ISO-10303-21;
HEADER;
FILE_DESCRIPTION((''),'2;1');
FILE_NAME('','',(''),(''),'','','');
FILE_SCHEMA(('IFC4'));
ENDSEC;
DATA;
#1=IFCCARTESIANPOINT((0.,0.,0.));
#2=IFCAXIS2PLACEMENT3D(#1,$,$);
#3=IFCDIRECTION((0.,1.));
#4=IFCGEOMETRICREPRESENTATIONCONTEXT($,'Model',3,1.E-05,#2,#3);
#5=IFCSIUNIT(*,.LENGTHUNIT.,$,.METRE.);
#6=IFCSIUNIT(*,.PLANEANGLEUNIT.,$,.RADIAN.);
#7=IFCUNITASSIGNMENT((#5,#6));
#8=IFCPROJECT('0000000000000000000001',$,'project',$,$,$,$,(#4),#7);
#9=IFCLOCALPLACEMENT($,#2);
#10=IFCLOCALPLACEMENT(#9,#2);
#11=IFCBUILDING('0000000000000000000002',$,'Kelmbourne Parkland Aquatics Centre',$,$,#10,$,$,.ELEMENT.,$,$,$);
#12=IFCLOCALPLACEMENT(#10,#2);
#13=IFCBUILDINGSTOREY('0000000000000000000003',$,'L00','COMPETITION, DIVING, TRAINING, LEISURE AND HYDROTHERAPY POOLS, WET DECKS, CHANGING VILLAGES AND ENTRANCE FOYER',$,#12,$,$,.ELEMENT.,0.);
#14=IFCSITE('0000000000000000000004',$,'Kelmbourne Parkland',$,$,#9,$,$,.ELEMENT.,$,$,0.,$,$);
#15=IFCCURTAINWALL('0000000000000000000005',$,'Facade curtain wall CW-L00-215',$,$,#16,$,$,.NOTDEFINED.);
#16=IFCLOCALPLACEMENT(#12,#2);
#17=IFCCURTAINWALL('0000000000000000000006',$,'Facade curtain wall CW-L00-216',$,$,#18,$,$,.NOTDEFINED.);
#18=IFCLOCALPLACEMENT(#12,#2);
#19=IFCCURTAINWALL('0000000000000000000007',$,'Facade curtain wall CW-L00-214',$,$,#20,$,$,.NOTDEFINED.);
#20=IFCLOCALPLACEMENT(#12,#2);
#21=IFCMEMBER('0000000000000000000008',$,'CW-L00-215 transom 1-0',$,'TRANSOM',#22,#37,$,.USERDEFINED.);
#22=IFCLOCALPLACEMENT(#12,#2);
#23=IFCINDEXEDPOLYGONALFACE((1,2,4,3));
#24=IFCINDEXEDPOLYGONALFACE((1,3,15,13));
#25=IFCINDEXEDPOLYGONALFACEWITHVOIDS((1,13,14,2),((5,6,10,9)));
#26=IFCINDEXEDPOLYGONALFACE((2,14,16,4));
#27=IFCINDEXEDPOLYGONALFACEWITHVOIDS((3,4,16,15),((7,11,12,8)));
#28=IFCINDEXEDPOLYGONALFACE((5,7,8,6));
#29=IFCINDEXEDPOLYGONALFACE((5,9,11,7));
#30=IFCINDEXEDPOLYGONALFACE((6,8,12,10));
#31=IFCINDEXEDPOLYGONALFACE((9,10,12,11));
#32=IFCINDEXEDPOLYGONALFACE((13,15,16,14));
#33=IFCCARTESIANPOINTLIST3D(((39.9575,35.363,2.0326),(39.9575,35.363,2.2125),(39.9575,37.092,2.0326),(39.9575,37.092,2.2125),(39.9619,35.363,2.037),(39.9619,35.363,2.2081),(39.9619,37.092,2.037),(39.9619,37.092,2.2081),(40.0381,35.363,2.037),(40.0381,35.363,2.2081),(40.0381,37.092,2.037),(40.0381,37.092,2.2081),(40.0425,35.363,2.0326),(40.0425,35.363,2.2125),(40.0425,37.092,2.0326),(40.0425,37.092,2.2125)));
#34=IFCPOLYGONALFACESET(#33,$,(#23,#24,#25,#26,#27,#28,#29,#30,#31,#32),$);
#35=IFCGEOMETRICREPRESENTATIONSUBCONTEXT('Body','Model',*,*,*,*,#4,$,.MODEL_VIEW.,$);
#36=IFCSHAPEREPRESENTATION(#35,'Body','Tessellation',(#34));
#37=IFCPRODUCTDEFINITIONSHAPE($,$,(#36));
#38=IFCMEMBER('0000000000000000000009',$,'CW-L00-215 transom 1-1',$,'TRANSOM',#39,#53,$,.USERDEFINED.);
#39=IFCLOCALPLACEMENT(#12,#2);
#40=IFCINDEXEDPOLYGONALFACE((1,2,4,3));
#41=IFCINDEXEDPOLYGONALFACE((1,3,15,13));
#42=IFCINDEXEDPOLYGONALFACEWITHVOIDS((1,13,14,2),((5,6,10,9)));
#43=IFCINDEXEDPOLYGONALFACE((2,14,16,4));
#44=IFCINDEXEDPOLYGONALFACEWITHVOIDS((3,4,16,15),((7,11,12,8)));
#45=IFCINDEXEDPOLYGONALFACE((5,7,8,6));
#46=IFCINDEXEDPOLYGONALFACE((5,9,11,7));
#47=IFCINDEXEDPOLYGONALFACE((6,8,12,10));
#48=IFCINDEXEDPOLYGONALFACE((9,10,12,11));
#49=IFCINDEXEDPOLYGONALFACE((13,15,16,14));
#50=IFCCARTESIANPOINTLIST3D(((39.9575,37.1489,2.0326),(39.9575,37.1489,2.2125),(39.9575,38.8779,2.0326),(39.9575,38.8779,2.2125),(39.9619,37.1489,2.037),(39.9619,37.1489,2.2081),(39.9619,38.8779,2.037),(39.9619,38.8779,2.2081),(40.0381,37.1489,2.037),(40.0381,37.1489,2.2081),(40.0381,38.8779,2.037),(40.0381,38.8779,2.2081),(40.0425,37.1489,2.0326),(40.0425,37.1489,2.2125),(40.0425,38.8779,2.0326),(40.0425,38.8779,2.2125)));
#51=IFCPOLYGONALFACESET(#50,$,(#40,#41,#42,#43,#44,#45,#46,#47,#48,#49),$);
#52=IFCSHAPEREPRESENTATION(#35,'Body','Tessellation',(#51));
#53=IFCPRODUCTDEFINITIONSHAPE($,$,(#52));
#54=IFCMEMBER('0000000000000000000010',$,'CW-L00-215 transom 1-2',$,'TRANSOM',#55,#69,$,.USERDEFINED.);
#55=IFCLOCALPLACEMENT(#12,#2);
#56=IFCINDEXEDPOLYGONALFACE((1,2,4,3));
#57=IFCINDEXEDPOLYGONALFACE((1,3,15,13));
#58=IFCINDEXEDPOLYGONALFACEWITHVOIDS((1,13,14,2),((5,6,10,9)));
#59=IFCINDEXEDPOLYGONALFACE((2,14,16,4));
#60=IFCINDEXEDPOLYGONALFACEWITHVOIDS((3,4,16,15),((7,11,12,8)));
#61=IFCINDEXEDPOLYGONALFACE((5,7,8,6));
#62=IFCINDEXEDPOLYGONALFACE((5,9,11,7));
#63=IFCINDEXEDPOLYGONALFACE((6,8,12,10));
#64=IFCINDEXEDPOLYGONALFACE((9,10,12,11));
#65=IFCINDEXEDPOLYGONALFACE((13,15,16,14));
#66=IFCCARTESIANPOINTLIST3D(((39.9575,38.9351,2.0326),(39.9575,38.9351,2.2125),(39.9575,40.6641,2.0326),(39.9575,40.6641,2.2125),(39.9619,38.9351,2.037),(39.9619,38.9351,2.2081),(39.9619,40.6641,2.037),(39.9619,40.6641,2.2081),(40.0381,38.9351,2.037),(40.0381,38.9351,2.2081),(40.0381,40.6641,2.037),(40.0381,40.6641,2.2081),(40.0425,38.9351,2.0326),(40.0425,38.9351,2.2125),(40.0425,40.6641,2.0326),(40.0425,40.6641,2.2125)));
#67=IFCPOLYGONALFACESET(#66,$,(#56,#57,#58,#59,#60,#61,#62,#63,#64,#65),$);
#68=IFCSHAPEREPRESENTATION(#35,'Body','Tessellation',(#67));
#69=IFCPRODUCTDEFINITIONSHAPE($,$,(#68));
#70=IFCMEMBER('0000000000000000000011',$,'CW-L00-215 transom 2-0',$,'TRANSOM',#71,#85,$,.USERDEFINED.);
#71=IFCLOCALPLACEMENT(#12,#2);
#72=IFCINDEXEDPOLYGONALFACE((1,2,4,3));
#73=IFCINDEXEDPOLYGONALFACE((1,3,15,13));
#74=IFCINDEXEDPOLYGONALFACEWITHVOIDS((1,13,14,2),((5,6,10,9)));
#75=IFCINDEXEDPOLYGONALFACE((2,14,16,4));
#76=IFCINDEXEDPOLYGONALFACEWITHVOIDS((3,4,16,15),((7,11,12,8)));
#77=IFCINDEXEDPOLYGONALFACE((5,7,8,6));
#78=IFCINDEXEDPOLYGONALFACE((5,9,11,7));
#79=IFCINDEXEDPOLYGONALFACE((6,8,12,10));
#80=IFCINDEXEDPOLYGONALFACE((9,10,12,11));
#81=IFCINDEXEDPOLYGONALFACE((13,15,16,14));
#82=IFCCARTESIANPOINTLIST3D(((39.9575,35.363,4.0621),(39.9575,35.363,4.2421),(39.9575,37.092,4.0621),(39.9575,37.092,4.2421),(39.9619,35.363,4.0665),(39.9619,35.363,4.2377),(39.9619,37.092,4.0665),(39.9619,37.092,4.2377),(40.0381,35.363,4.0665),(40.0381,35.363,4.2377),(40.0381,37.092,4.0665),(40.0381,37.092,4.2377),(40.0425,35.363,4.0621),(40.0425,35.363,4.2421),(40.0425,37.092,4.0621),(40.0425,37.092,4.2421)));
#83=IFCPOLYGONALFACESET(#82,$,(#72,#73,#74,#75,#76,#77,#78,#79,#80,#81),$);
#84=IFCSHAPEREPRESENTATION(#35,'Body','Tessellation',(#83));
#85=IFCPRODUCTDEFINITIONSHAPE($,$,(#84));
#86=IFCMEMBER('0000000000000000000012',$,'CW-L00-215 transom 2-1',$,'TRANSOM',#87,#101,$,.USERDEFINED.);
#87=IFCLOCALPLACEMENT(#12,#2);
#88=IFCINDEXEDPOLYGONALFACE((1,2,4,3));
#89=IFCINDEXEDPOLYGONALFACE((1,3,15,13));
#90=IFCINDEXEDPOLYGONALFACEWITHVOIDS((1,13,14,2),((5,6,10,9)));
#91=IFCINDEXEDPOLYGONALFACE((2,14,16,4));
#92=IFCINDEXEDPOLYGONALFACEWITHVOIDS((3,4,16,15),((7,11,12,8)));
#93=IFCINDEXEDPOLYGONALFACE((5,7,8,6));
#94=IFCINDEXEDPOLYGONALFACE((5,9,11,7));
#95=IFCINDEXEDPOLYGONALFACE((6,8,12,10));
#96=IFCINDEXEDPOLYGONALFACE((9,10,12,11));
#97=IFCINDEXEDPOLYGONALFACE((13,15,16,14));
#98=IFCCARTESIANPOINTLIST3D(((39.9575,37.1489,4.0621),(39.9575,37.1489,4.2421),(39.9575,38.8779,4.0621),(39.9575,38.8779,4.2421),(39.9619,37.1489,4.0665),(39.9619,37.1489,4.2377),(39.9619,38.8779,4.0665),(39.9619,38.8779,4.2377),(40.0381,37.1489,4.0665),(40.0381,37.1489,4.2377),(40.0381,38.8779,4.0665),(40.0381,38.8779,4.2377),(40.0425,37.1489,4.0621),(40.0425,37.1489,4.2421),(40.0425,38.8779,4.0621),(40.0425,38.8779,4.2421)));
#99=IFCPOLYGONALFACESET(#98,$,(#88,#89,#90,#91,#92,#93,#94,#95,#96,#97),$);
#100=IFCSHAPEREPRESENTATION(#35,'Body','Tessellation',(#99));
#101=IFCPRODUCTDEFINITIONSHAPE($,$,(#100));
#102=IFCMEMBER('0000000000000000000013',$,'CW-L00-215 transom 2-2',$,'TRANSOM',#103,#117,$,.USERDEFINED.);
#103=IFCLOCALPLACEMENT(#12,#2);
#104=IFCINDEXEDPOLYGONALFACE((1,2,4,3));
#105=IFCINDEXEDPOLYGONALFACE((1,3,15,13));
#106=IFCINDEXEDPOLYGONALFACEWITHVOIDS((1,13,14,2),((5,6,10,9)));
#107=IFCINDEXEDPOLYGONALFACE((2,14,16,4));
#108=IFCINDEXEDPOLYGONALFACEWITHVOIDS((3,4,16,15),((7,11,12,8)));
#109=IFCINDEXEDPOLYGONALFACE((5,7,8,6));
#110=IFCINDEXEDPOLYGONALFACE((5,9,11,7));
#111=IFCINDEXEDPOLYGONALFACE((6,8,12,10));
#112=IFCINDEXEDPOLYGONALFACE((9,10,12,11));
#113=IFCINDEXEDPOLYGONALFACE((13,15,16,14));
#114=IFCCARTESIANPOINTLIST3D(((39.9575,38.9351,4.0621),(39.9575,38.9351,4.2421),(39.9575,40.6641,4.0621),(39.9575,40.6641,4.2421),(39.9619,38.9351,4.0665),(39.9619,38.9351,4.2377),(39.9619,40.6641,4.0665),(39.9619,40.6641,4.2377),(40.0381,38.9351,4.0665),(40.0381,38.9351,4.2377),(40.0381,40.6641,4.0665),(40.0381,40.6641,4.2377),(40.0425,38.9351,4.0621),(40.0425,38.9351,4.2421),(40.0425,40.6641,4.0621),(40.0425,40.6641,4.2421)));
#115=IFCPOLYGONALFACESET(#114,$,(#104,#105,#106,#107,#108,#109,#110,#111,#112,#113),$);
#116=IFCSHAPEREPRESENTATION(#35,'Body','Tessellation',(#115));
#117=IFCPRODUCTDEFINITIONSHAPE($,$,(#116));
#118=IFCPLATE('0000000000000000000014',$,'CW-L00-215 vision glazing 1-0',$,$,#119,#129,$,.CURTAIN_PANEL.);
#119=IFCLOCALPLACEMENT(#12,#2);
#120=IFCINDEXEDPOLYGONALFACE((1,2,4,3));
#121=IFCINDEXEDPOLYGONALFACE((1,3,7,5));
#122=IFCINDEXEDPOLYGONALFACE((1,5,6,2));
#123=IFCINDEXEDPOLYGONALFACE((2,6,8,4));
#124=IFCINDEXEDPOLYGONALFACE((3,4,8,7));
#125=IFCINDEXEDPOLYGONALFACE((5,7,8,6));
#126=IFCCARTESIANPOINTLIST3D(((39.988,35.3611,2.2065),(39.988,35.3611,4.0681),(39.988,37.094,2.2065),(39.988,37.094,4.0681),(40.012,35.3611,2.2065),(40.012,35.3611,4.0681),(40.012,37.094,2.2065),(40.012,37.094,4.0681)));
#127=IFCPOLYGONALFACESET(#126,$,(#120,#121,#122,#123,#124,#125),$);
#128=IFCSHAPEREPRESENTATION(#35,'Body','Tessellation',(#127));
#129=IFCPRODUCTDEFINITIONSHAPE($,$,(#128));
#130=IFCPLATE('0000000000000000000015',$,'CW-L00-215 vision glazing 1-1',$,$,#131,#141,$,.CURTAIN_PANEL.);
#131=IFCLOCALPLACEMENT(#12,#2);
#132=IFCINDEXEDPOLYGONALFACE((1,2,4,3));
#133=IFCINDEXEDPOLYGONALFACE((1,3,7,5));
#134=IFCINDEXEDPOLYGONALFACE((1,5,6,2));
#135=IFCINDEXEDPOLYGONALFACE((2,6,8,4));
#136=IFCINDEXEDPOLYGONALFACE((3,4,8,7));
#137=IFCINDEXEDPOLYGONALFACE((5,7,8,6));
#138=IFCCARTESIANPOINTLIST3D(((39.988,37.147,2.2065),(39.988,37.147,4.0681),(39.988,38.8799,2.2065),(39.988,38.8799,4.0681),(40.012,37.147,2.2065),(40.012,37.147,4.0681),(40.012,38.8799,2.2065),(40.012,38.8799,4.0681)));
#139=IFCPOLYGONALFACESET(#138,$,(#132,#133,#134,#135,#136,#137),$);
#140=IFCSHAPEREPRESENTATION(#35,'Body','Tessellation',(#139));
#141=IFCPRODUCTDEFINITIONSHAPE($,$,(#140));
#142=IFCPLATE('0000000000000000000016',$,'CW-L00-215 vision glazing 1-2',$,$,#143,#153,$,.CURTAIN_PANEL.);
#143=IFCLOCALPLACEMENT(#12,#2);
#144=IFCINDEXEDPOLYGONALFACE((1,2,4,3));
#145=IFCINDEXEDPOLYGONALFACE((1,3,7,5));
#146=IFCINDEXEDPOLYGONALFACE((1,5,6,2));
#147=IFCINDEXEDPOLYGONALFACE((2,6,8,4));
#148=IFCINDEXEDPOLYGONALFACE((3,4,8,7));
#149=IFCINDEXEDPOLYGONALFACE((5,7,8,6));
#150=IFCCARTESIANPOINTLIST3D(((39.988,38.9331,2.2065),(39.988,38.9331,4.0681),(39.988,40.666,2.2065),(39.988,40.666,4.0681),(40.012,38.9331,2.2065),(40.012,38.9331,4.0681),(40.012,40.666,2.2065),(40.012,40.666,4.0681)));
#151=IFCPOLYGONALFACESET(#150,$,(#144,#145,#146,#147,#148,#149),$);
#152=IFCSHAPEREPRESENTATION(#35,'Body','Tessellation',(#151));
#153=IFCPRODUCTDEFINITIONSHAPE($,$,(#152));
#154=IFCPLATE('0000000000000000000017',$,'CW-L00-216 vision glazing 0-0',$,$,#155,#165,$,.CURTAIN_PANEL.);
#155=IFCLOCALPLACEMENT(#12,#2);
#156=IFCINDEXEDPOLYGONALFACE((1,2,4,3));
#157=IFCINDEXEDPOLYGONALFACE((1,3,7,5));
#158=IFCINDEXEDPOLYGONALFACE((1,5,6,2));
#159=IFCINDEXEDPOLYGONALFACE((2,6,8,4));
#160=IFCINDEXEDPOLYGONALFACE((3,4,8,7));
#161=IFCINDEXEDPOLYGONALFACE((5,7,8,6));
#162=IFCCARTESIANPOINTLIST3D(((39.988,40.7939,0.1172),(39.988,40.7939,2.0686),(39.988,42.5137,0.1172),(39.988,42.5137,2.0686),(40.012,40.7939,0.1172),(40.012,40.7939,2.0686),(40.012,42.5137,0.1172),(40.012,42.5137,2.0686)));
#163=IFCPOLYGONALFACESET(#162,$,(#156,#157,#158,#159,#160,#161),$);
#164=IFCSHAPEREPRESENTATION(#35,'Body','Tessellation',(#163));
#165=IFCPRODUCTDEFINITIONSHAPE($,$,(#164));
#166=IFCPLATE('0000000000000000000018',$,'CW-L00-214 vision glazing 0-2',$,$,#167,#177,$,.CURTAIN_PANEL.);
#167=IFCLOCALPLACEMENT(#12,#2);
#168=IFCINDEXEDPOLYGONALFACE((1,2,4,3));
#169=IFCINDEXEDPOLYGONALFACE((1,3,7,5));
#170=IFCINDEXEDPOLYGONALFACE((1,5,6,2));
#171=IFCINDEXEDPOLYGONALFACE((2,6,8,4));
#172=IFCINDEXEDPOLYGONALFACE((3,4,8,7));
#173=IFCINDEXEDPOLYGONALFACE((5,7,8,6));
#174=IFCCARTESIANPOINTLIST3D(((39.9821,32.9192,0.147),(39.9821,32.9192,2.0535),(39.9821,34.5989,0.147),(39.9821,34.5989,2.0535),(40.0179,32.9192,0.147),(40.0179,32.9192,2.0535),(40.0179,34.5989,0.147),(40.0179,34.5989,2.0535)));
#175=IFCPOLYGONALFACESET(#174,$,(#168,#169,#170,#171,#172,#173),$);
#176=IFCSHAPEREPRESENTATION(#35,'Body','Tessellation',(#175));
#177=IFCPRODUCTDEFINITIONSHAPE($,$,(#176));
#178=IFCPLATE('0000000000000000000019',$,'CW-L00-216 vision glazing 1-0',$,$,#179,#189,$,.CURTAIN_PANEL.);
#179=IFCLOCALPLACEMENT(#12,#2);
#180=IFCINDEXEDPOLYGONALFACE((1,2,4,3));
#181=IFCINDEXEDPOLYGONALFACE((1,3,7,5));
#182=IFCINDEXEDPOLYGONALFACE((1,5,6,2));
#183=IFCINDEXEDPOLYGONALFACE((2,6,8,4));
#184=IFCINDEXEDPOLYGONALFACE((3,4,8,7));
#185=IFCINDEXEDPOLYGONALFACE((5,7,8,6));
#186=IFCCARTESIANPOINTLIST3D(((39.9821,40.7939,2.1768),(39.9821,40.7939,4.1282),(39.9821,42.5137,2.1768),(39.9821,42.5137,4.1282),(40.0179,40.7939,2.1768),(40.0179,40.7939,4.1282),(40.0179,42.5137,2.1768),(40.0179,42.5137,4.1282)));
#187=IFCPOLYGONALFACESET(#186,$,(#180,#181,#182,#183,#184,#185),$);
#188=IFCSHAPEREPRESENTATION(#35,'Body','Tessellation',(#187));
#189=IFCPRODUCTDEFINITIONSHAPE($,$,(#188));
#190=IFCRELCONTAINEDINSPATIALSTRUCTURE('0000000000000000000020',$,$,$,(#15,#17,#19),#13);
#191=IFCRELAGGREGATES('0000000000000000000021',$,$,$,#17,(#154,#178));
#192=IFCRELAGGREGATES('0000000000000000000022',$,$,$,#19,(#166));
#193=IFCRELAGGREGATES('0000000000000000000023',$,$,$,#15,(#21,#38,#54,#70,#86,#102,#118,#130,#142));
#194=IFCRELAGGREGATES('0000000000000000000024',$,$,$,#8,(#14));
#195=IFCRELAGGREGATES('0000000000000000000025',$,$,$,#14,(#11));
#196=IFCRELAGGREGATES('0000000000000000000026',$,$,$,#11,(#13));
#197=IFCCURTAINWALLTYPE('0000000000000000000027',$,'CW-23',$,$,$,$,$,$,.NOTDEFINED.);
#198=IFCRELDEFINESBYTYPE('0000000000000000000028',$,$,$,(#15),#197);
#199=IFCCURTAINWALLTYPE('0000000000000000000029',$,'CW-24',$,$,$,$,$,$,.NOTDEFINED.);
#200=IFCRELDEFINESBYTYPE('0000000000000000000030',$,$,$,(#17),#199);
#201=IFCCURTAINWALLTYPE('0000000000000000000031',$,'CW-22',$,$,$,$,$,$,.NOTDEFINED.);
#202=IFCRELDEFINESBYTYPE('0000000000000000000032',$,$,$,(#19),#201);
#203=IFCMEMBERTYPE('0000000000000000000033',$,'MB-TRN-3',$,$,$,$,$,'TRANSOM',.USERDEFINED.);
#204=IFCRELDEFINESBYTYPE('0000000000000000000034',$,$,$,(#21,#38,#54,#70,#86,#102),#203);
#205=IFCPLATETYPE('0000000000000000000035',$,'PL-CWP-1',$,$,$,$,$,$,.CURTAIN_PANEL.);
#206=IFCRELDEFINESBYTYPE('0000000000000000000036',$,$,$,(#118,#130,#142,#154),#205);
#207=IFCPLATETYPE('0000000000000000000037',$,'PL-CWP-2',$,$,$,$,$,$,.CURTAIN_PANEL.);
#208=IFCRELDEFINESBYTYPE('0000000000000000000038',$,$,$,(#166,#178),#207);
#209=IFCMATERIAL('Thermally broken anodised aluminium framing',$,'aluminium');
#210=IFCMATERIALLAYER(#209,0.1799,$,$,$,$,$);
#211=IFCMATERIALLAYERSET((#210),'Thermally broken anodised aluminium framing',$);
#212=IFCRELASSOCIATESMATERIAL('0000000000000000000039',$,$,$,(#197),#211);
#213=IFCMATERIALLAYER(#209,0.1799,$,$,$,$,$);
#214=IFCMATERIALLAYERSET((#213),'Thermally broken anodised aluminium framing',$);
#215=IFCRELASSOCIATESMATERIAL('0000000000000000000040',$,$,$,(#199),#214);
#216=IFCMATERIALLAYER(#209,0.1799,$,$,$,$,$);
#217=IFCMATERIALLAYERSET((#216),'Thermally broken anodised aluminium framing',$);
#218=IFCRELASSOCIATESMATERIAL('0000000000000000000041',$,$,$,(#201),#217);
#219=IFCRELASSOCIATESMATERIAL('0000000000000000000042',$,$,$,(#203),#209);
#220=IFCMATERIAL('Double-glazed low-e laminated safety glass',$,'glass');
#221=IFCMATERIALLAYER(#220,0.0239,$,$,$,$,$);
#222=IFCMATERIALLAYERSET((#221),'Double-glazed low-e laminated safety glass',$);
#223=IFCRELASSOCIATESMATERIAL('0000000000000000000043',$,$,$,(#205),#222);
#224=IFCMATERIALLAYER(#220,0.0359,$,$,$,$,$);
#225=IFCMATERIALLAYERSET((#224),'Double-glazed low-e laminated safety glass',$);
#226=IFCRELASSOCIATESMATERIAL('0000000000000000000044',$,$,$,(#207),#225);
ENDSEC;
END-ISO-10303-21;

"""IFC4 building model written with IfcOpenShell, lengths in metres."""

from ifc_helpers import new_model, si_unit, direction, frame, origin, origin_2d, place, context, subcontext, project, spatial, rectangle, hollow_rectangle, extrude, material, layer, layer_set, material_profile, profile_set, type_object, element, aggregate, save


model = new_model("IFC4")

# Units and contexts
model_context = context("Model", 3, precision=1e-05, world=origin(), true_north=direction((0.0, 1.0)))
body_context = subcontext(model_context, "Body", "Model", "MODEL_VIEW")
ifc_project = project(units=[si_unit("LENGTHUNIT", "METRE"), si_unit("PLANEANGLEUNIT", "RADIAN")], contexts=[model_context])

# Site, building, storey
site_placement = place(None, origin())
site = spatial("IfcSite", under=ifc_project, at=site_placement, Name="Kelmbourne Parkland", CompositionType="ELEMENT", RefElevation=0.0)
building_placement = place(site_placement, origin())
building = spatial("IfcBuilding", under=site, at=building_placement, Name="Kelmbourne Parkland Aquatics Centre", CompositionType="ELEMENT")
storey_placement = place(building_placement, origin())
storey = spatial("IfcBuildingStorey", under=building, at=storey_placement, Name="L00", Description="COMPETITION, DIVING, TRAINING, LEISURE AND HYDROTHERAPY POOLS, WET DECKS, CHANGING VILLAGES AND ENTRANCE FOYER", CompositionType="ELEMENT", Elevation=0.0)

# Curtain walls
ifc_material_1 = material(Name="Thermally broken anodised aluminium framing", Category="aluminium")
ifc_layer_1 = layer(ifc_material_1, 0.1799)
ifc_layer_set_1 = layer_set([ifc_layer_1], Name="Thermally broken anodised aluminium framing")
curtain_wall_type_1 = type_object("IfcCurtainWallType", Name="CW-23", PredefinedType="NOTDEFINED", material=ifc_layer_set_1)
curtain_wall_1_placement = place(storey_placement, origin())
curtain_wall_1 = element("IfcCurtainWall", 1, at=curtain_wall_1_placement, inside=storey, type_object=curtain_wall_type_1, Name="Facade curtain wall CW-L00-215", PredefinedType="NOTDEFINED")
ifc_layer_2 = layer(ifc_material_1, 0.1799)
ifc_layer_set_2 = layer_set([ifc_layer_2], Name="Thermally broken anodised aluminium framing")
curtain_wall_type_2 = type_object("IfcCurtainWallType", Name="CW-24", PredefinedType="NOTDEFINED", material=ifc_layer_set_2)
curtain_wall_2_placement = place(storey_placement, origin())
curtain_wall_2 = element("IfcCurtainWall", 2, at=curtain_wall_2_placement, inside=storey, type_object=curtain_wall_type_2, Name="Facade curtain wall CW-L00-216", PredefinedType="NOTDEFINED")

# Curtain wall
ifc_layer_3 = layer(ifc_material_1, 0.1799)
ifc_layer_set_3 = layer_set([ifc_layer_3], Name="Thermally broken anodised aluminium framing")
curtain_wall_type_3 = type_object("IfcCurtainWallType", Name="CW-22", PredefinedType="NOTDEFINED", material=ifc_layer_set_3)
curtain_wall_3_placement = place(storey_placement, origin())
curtain_wall_3 = element("IfcCurtainWall", 3, at=curtain_wall_3_placement, inside=storey, type_object=curtain_wall_type_3, Name="Facade curtain wall CW-L00-214", PredefinedType="NOTDEFINED")

# Members
ifc_material_profile_1 = material_profile(ifc_material_1, hollow_rectangle(XDim=0.085, YDim=0.1799, WallThickness=0.0044, at=origin_2d()), Name="CW-T 85x180")
ifc_profile_set_1 = profile_set([ifc_material_profile_1], Name="Thermally broken anodised aluminium framing")
member_type_1 = type_object("IfcMemberType", Name="MB-TRN-3", ElementType="TRANSOM", PredefinedType="USERDEFINED", material=ifc_profile_set_1)
member_1_placement = place(storey_placement, frame((40.0, 35.363, 2.1226), z_axis=(0.0, 1.0, 0.0), x_axis=(-1.0, 0.0, 0.0)))
member_1 = element("IfcMember", 4, at=member_1_placement, type_object=member_type_1, Name="CW-L00-215 transom 1-0", ObjectType="TRANSOM", PredefinedType="USERDEFINED", context=body_context, shape_type="SweptSolid", body=[
    extrude(hollow_rectangle(XDim=0.085, YDim=0.1799, WallThickness=0.0044, at=origin_2d()), origin(), (0.0, 0.0, 1.0), 1.729),
])
member_2_placement = place(storey_placement, frame((40.0, 37.1489, 2.1226), z_axis=(0.0, 1.0, 0.0), x_axis=(-1.0, 0.0, 0.0)))
member_2 = element("IfcMember", 5, at=member_2_placement, type_object=member_type_1, Name="CW-L00-215 transom 1-1", ObjectType="TRANSOM", PredefinedType="USERDEFINED", context=body_context, shape_type="SweptSolid", body=[
    extrude(hollow_rectangle(XDim=0.085, YDim=0.1799, WallThickness=0.0044, at=origin_2d()), origin(), (0.0, 0.0, 1.0), 1.729),
])
member_3_placement = place(storey_placement, frame((40.0, 38.9351, 2.1226), z_axis=(0.0, 1.0, 0.0), x_axis=(-1.0, 0.0, 0.0)))
member_3 = element("IfcMember", 6, at=member_3_placement, type_object=member_type_1, Name="CW-L00-215 transom 1-2", ObjectType="TRANSOM", PredefinedType="USERDEFINED", context=body_context, shape_type="SweptSolid", body=[
    extrude(hollow_rectangle(XDim=0.085, YDim=0.1799, WallThickness=0.0044, at=origin_2d()), origin(), (0.0, 0.0, 1.0), 1.729),
])
member_4_placement = place(storey_placement, frame((40.0, 35.363, 4.1521), z_axis=(0.0, 1.0, 0.0), x_axis=(-1.0, 0.0, 0.0)))
member_4 = element("IfcMember", 7, at=member_4_placement, type_object=member_type_1, Name="CW-L00-215 transom 2-0", ObjectType="TRANSOM", PredefinedType="USERDEFINED", context=body_context, shape_type="SweptSolid", body=[
    extrude(hollow_rectangle(XDim=0.085, YDim=0.1799, WallThickness=0.0044, at=origin_2d()), origin(), (0.0, 0.0, 1.0), 1.729),
])
member_5_placement = place(storey_placement, frame((40.0, 37.1489, 4.1521), z_axis=(0.0, 1.0, 0.0), x_axis=(-1.0, 0.0, 0.0)))
member_5 = element("IfcMember", 8, at=member_5_placement, type_object=member_type_1, Name="CW-L00-215 transom 2-1", ObjectType="TRANSOM", PredefinedType="USERDEFINED", context=body_context, shape_type="SweptSolid", body=[
    extrude(hollow_rectangle(XDim=0.085, YDim=0.1799, WallThickness=0.0044, at=origin_2d()), origin(), (0.0, 0.0, 1.0), 1.729),
])
member_6_placement = place(storey_placement, frame((40.0, 38.9351, 4.1521), z_axis=(0.0, 1.0, 0.0), x_axis=(-1.0, 0.0, 0.0)))
member_6 = element("IfcMember", 9, at=member_6_placement, type_object=member_type_1, Name="CW-L00-215 transom 2-2", ObjectType="TRANSOM", PredefinedType="USERDEFINED", context=body_context, shape_type="SweptSolid", body=[
    extrude(hollow_rectangle(XDim=0.085, YDim=0.1799, WallThickness=0.0044, at=origin_2d()), origin(), (0.0, 0.0, 1.0), 1.729),
])

# Plates
ifc_material_2 = material(Name="Double-glazed low-e laminated safety glass", Category="glass")
ifc_layer_4 = layer(ifc_material_2, 0.0239)
ifc_layer_set_4 = layer_set([ifc_layer_4], Name="Double-glazed low-e laminated safety glass")
plate_type_1 = type_object("IfcPlateType", Name="PL-CWP-1", PredefinedType="CURTAIN_PANEL", material=ifc_layer_set_4)
plate_1_placement = place(storey_placement, frame((40.0, 36.2275, 2.2065), z_axis=(0.0, 0.0, 1.0), x_axis=(0.0, 1.0, 0.0)))
plate_1 = element("IfcPlate", 10, at=plate_1_placement, type_object=plate_type_1, Name="CW-L00-215 vision glazing 1-0", PredefinedType="CURTAIN_PANEL", context=body_context, shape_type="SweptSolid", body=[
    extrude(rectangle(XDim=1.7329, YDim=0.0239, at=origin_2d()), origin(), (0.0, 0.0, 1.0), 1.8616),
])
plate_2_placement = place(storey_placement, frame((40.0, 38.0134, 2.2065), z_axis=(0.0, 0.0, 1.0), x_axis=(0.0, 1.0, 0.0)))
plate_2 = element("IfcPlate", 11, at=plate_2_placement, type_object=plate_type_1, Name="CW-L00-215 vision glazing 1-1", PredefinedType="CURTAIN_PANEL", context=body_context, shape_type="SweptSolid", body=[
    extrude(rectangle(XDim=1.7329, YDim=0.0239, at=origin_2d()), origin(), (0.0, 0.0, 1.0), 1.8616),
])
plate_3_placement = place(storey_placement, frame((40.0, 39.7996, 2.2065), z_axis=(0.0, 0.0, 1.0), x_axis=(0.0, 1.0, 0.0)))
plate_3 = element("IfcPlate", 12, at=plate_3_placement, type_object=plate_type_1, Name="CW-L00-215 vision glazing 1-2", PredefinedType="CURTAIN_PANEL", context=body_context, shape_type="SweptSolid", body=[
    extrude(rectangle(XDim=1.7329, YDim=0.0239, at=origin_2d()), origin(), (0.0, 0.0, 1.0), 1.8616),
])
plate_4_placement = place(storey_placement, frame((40.0, 41.6538, 0.1172), z_axis=(0.0, 0.0, 1.0), x_axis=(0.0, 1.0, 0.0)))
plate_4 = element("IfcPlate", 13, at=plate_4_placement, type_object=plate_type_1, Name="CW-L00-216 vision glazing 0-0", PredefinedType="CURTAIN_PANEL", context=body_context, shape_type="SweptSolid", body=[
    extrude(rectangle(XDim=1.7197, YDim=0.0239, at=origin_2d()), origin(), (0.0, 0.0, 1.0), 1.9514),
])
ifc_layer_5 = layer(ifc_material_2, 0.0359)
ifc_layer_set_5 = layer_set([ifc_layer_5], Name="Double-glazed low-e laminated safety glass")
plate_type_2 = type_object("IfcPlateType", Name="PL-CWP-2", PredefinedType="CURTAIN_PANEL", material=ifc_layer_set_5)
plate_5_placement = place(storey_placement, frame((40.0, 33.759, 0.147), z_axis=(0.0, 0.0, 1.0), x_axis=(0.0, 1.0, 0.0)))
plate_5 = element("IfcPlate", 14, at=plate_5_placement, type_object=plate_type_2, Name="CW-L00-214 vision glazing 0-2", PredefinedType="CURTAIN_PANEL", context=body_context, shape_type="SweptSolid", body=[
    extrude(rectangle(XDim=1.6797, YDim=0.0359, at=origin_2d()), origin(), (0.0, 0.0, 1.0), 1.9065),
])
plate_6_placement = place(storey_placement, frame((40.0, 41.6538, 2.1768), z_axis=(0.0, 0.0, 1.0), x_axis=(0.0, 1.0, 0.0)))
plate_6 = element("IfcPlate", 15, at=plate_6_placement, type_object=plate_type_2, Name="CW-L00-216 vision glazing 1-0", PredefinedType="CURTAIN_PANEL", context=body_context, shape_type="SweptSolid", body=[
    extrude(rectangle(XDim=1.7197, YDim=0.0359, at=origin_2d()), origin(), (0.0, 0.0, 1.0), 1.9514),
])
aggregate(curtain_wall_2, [plate_4, plate_6])
aggregate(curtain_wall_3, [plate_5])
aggregate(curtain_wall_1, [member_1, member_2, member_3, member_4, member_5, member_6, plate_1, plate_2, plate_3])

save(model, "model.ifc")
